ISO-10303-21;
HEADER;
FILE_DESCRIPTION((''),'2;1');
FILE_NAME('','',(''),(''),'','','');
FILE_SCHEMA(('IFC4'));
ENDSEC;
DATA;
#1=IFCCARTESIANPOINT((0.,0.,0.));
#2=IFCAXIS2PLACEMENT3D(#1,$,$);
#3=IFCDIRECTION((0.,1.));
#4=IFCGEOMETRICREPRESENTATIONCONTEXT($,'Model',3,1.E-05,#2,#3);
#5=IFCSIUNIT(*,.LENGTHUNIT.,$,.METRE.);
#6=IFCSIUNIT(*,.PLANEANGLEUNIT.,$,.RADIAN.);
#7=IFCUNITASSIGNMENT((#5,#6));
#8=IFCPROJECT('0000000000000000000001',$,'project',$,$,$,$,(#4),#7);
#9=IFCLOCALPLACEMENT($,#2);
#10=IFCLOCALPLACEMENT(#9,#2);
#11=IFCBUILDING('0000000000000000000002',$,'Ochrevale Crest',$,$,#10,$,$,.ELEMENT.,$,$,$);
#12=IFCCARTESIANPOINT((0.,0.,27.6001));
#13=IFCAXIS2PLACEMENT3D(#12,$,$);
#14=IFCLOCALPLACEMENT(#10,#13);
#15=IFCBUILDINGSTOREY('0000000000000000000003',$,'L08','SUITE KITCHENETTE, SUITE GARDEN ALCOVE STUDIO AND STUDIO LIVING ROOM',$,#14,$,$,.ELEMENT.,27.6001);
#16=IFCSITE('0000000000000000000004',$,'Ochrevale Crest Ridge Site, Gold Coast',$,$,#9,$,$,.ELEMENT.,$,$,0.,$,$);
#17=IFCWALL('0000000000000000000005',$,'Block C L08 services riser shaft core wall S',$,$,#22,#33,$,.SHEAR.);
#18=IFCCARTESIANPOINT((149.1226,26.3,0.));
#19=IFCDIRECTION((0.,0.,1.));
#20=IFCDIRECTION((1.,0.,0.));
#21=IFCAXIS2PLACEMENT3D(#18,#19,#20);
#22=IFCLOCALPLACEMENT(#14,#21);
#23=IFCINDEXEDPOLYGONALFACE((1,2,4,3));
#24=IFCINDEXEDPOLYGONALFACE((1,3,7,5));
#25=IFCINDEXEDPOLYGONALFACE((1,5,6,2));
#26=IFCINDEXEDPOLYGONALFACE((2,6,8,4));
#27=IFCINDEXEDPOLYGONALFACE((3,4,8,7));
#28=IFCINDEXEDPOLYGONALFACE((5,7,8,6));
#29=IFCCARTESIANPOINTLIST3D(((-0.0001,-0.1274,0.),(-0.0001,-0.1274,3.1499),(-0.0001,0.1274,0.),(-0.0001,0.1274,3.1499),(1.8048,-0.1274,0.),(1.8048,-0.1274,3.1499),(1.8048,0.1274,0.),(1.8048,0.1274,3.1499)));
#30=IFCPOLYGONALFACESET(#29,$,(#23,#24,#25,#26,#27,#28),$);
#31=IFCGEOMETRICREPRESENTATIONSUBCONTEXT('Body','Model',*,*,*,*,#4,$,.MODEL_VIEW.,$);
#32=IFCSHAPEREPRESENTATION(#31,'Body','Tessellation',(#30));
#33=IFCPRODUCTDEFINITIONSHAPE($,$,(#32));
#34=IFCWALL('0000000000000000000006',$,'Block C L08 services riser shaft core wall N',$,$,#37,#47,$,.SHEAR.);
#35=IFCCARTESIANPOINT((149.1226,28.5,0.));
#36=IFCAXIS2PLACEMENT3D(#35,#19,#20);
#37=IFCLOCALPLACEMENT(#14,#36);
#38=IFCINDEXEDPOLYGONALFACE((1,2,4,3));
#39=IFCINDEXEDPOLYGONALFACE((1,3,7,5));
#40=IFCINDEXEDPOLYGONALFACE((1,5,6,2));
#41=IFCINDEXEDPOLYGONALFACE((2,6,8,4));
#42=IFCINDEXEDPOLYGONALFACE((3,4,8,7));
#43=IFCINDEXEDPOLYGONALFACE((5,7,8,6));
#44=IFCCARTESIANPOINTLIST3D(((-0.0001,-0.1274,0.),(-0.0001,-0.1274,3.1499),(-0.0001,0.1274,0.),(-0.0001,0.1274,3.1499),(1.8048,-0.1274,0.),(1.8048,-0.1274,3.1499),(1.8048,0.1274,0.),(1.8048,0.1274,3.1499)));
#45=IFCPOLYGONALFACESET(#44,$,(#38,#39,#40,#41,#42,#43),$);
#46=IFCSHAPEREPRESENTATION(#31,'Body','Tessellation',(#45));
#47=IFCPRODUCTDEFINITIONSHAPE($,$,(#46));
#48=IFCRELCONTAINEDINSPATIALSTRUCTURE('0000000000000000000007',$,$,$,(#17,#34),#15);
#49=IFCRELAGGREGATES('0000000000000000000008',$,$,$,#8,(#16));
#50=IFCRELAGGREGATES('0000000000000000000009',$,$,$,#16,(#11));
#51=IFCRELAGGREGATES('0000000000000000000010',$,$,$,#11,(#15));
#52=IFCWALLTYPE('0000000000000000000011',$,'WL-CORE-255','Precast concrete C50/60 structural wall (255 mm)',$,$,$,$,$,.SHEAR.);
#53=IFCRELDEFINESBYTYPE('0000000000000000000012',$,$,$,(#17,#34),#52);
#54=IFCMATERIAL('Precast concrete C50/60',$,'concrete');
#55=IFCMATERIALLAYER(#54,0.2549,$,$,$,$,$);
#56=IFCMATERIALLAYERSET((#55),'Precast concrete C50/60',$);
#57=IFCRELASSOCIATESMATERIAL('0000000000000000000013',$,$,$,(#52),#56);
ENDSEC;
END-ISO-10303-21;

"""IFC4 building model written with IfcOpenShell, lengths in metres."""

from ifc_helpers import new_model, si_unit, direction, frame, frame_2d, origin, place, context, subcontext, project, spatial, rectangle, extrude, material, layer, layer_set, type_object, element, save


model = new_model("IFC4")

# Units and contexts
model_context = context("Model", 3, precision=1e-05, world=origin(), true_north=direction((0.0, 1.0)))
body_context = subcontext(model_context, "Body", "Model", "MODEL_VIEW")
ifc_project = project(units=[si_unit("LENGTHUNIT", "METRE"), si_unit("PLANEANGLEUNIT", "RADIAN")], contexts=[model_context])

# Site, building, storey
site_placement = place(None, origin())
site = spatial("IfcSite", under=ifc_project, at=site_placement, Name="Ochrevale Crest Ridge Site, Gold Coast", CompositionType="ELEMENT", RefElevation=0.0)
building_placement = place(site_placement, origin())
building = spatial("IfcBuilding", under=site, at=building_placement, Name="Ochrevale Crest", CompositionType="ELEMENT")
storey_placement = place(building_placement, frame((0.0, 0.0, 27.6001)))
storey = spatial("IfcBuildingStorey", under=building, at=storey_placement, Name="L08", Description="SUITE KITCHENETTE, SUITE GARDEN ALCOVE STUDIO AND STUDIO LIVING ROOM", CompositionType="ELEMENT", Elevation=27.6001)

# Shared definitions
ifc_material_1 = material(Name="Precast concrete C50/60", Category="concrete")

# Shared definitions
ifc_layer_1 = layer(ifc_material_1, 0.2549)
ifc_layer_set_1 = layer_set([ifc_layer_1], Name="Precast concrete C50/60")
wall_type_1 = type_object("IfcWallType", Name="WL-CORE-255", Description="Precast concrete C50/60 structural wall (255 mm)", PredefinedType="SHEAR", material=ifc_layer_set_1)

# Walls
for number, where, z_axis, x_axis, name in (
    (1, (149.1226, 26.3, 0.0), (0.0, 0.0, 1.0), (1.0, 0.0, 0.0), "Block C L08 services riser shaft core wall S"),
    (2, (149.1226, 28.5, 0.0), (0.0, 0.0, 1.0), (1.0, 0.0, 0.0), "Block C L08 services riser shaft core wall N"),
):
    element("IfcWall", number, at=place(storey_placement, frame(where, z_axis=z_axis, x_axis=x_axis)), inside=storey, type_object=wall_type_1, Name=name, PredefinedType="SHEAR", context=body_context, shape_type="SweptSolid", body=[
        extrude(rectangle(XDim=1.8049, YDim=0.2549, at=frame_2d((0.9023, 0.0))), origin(), (0.0, 0.0, 1.0), 3.1499),
    ])

save(model, "model.ifc")
